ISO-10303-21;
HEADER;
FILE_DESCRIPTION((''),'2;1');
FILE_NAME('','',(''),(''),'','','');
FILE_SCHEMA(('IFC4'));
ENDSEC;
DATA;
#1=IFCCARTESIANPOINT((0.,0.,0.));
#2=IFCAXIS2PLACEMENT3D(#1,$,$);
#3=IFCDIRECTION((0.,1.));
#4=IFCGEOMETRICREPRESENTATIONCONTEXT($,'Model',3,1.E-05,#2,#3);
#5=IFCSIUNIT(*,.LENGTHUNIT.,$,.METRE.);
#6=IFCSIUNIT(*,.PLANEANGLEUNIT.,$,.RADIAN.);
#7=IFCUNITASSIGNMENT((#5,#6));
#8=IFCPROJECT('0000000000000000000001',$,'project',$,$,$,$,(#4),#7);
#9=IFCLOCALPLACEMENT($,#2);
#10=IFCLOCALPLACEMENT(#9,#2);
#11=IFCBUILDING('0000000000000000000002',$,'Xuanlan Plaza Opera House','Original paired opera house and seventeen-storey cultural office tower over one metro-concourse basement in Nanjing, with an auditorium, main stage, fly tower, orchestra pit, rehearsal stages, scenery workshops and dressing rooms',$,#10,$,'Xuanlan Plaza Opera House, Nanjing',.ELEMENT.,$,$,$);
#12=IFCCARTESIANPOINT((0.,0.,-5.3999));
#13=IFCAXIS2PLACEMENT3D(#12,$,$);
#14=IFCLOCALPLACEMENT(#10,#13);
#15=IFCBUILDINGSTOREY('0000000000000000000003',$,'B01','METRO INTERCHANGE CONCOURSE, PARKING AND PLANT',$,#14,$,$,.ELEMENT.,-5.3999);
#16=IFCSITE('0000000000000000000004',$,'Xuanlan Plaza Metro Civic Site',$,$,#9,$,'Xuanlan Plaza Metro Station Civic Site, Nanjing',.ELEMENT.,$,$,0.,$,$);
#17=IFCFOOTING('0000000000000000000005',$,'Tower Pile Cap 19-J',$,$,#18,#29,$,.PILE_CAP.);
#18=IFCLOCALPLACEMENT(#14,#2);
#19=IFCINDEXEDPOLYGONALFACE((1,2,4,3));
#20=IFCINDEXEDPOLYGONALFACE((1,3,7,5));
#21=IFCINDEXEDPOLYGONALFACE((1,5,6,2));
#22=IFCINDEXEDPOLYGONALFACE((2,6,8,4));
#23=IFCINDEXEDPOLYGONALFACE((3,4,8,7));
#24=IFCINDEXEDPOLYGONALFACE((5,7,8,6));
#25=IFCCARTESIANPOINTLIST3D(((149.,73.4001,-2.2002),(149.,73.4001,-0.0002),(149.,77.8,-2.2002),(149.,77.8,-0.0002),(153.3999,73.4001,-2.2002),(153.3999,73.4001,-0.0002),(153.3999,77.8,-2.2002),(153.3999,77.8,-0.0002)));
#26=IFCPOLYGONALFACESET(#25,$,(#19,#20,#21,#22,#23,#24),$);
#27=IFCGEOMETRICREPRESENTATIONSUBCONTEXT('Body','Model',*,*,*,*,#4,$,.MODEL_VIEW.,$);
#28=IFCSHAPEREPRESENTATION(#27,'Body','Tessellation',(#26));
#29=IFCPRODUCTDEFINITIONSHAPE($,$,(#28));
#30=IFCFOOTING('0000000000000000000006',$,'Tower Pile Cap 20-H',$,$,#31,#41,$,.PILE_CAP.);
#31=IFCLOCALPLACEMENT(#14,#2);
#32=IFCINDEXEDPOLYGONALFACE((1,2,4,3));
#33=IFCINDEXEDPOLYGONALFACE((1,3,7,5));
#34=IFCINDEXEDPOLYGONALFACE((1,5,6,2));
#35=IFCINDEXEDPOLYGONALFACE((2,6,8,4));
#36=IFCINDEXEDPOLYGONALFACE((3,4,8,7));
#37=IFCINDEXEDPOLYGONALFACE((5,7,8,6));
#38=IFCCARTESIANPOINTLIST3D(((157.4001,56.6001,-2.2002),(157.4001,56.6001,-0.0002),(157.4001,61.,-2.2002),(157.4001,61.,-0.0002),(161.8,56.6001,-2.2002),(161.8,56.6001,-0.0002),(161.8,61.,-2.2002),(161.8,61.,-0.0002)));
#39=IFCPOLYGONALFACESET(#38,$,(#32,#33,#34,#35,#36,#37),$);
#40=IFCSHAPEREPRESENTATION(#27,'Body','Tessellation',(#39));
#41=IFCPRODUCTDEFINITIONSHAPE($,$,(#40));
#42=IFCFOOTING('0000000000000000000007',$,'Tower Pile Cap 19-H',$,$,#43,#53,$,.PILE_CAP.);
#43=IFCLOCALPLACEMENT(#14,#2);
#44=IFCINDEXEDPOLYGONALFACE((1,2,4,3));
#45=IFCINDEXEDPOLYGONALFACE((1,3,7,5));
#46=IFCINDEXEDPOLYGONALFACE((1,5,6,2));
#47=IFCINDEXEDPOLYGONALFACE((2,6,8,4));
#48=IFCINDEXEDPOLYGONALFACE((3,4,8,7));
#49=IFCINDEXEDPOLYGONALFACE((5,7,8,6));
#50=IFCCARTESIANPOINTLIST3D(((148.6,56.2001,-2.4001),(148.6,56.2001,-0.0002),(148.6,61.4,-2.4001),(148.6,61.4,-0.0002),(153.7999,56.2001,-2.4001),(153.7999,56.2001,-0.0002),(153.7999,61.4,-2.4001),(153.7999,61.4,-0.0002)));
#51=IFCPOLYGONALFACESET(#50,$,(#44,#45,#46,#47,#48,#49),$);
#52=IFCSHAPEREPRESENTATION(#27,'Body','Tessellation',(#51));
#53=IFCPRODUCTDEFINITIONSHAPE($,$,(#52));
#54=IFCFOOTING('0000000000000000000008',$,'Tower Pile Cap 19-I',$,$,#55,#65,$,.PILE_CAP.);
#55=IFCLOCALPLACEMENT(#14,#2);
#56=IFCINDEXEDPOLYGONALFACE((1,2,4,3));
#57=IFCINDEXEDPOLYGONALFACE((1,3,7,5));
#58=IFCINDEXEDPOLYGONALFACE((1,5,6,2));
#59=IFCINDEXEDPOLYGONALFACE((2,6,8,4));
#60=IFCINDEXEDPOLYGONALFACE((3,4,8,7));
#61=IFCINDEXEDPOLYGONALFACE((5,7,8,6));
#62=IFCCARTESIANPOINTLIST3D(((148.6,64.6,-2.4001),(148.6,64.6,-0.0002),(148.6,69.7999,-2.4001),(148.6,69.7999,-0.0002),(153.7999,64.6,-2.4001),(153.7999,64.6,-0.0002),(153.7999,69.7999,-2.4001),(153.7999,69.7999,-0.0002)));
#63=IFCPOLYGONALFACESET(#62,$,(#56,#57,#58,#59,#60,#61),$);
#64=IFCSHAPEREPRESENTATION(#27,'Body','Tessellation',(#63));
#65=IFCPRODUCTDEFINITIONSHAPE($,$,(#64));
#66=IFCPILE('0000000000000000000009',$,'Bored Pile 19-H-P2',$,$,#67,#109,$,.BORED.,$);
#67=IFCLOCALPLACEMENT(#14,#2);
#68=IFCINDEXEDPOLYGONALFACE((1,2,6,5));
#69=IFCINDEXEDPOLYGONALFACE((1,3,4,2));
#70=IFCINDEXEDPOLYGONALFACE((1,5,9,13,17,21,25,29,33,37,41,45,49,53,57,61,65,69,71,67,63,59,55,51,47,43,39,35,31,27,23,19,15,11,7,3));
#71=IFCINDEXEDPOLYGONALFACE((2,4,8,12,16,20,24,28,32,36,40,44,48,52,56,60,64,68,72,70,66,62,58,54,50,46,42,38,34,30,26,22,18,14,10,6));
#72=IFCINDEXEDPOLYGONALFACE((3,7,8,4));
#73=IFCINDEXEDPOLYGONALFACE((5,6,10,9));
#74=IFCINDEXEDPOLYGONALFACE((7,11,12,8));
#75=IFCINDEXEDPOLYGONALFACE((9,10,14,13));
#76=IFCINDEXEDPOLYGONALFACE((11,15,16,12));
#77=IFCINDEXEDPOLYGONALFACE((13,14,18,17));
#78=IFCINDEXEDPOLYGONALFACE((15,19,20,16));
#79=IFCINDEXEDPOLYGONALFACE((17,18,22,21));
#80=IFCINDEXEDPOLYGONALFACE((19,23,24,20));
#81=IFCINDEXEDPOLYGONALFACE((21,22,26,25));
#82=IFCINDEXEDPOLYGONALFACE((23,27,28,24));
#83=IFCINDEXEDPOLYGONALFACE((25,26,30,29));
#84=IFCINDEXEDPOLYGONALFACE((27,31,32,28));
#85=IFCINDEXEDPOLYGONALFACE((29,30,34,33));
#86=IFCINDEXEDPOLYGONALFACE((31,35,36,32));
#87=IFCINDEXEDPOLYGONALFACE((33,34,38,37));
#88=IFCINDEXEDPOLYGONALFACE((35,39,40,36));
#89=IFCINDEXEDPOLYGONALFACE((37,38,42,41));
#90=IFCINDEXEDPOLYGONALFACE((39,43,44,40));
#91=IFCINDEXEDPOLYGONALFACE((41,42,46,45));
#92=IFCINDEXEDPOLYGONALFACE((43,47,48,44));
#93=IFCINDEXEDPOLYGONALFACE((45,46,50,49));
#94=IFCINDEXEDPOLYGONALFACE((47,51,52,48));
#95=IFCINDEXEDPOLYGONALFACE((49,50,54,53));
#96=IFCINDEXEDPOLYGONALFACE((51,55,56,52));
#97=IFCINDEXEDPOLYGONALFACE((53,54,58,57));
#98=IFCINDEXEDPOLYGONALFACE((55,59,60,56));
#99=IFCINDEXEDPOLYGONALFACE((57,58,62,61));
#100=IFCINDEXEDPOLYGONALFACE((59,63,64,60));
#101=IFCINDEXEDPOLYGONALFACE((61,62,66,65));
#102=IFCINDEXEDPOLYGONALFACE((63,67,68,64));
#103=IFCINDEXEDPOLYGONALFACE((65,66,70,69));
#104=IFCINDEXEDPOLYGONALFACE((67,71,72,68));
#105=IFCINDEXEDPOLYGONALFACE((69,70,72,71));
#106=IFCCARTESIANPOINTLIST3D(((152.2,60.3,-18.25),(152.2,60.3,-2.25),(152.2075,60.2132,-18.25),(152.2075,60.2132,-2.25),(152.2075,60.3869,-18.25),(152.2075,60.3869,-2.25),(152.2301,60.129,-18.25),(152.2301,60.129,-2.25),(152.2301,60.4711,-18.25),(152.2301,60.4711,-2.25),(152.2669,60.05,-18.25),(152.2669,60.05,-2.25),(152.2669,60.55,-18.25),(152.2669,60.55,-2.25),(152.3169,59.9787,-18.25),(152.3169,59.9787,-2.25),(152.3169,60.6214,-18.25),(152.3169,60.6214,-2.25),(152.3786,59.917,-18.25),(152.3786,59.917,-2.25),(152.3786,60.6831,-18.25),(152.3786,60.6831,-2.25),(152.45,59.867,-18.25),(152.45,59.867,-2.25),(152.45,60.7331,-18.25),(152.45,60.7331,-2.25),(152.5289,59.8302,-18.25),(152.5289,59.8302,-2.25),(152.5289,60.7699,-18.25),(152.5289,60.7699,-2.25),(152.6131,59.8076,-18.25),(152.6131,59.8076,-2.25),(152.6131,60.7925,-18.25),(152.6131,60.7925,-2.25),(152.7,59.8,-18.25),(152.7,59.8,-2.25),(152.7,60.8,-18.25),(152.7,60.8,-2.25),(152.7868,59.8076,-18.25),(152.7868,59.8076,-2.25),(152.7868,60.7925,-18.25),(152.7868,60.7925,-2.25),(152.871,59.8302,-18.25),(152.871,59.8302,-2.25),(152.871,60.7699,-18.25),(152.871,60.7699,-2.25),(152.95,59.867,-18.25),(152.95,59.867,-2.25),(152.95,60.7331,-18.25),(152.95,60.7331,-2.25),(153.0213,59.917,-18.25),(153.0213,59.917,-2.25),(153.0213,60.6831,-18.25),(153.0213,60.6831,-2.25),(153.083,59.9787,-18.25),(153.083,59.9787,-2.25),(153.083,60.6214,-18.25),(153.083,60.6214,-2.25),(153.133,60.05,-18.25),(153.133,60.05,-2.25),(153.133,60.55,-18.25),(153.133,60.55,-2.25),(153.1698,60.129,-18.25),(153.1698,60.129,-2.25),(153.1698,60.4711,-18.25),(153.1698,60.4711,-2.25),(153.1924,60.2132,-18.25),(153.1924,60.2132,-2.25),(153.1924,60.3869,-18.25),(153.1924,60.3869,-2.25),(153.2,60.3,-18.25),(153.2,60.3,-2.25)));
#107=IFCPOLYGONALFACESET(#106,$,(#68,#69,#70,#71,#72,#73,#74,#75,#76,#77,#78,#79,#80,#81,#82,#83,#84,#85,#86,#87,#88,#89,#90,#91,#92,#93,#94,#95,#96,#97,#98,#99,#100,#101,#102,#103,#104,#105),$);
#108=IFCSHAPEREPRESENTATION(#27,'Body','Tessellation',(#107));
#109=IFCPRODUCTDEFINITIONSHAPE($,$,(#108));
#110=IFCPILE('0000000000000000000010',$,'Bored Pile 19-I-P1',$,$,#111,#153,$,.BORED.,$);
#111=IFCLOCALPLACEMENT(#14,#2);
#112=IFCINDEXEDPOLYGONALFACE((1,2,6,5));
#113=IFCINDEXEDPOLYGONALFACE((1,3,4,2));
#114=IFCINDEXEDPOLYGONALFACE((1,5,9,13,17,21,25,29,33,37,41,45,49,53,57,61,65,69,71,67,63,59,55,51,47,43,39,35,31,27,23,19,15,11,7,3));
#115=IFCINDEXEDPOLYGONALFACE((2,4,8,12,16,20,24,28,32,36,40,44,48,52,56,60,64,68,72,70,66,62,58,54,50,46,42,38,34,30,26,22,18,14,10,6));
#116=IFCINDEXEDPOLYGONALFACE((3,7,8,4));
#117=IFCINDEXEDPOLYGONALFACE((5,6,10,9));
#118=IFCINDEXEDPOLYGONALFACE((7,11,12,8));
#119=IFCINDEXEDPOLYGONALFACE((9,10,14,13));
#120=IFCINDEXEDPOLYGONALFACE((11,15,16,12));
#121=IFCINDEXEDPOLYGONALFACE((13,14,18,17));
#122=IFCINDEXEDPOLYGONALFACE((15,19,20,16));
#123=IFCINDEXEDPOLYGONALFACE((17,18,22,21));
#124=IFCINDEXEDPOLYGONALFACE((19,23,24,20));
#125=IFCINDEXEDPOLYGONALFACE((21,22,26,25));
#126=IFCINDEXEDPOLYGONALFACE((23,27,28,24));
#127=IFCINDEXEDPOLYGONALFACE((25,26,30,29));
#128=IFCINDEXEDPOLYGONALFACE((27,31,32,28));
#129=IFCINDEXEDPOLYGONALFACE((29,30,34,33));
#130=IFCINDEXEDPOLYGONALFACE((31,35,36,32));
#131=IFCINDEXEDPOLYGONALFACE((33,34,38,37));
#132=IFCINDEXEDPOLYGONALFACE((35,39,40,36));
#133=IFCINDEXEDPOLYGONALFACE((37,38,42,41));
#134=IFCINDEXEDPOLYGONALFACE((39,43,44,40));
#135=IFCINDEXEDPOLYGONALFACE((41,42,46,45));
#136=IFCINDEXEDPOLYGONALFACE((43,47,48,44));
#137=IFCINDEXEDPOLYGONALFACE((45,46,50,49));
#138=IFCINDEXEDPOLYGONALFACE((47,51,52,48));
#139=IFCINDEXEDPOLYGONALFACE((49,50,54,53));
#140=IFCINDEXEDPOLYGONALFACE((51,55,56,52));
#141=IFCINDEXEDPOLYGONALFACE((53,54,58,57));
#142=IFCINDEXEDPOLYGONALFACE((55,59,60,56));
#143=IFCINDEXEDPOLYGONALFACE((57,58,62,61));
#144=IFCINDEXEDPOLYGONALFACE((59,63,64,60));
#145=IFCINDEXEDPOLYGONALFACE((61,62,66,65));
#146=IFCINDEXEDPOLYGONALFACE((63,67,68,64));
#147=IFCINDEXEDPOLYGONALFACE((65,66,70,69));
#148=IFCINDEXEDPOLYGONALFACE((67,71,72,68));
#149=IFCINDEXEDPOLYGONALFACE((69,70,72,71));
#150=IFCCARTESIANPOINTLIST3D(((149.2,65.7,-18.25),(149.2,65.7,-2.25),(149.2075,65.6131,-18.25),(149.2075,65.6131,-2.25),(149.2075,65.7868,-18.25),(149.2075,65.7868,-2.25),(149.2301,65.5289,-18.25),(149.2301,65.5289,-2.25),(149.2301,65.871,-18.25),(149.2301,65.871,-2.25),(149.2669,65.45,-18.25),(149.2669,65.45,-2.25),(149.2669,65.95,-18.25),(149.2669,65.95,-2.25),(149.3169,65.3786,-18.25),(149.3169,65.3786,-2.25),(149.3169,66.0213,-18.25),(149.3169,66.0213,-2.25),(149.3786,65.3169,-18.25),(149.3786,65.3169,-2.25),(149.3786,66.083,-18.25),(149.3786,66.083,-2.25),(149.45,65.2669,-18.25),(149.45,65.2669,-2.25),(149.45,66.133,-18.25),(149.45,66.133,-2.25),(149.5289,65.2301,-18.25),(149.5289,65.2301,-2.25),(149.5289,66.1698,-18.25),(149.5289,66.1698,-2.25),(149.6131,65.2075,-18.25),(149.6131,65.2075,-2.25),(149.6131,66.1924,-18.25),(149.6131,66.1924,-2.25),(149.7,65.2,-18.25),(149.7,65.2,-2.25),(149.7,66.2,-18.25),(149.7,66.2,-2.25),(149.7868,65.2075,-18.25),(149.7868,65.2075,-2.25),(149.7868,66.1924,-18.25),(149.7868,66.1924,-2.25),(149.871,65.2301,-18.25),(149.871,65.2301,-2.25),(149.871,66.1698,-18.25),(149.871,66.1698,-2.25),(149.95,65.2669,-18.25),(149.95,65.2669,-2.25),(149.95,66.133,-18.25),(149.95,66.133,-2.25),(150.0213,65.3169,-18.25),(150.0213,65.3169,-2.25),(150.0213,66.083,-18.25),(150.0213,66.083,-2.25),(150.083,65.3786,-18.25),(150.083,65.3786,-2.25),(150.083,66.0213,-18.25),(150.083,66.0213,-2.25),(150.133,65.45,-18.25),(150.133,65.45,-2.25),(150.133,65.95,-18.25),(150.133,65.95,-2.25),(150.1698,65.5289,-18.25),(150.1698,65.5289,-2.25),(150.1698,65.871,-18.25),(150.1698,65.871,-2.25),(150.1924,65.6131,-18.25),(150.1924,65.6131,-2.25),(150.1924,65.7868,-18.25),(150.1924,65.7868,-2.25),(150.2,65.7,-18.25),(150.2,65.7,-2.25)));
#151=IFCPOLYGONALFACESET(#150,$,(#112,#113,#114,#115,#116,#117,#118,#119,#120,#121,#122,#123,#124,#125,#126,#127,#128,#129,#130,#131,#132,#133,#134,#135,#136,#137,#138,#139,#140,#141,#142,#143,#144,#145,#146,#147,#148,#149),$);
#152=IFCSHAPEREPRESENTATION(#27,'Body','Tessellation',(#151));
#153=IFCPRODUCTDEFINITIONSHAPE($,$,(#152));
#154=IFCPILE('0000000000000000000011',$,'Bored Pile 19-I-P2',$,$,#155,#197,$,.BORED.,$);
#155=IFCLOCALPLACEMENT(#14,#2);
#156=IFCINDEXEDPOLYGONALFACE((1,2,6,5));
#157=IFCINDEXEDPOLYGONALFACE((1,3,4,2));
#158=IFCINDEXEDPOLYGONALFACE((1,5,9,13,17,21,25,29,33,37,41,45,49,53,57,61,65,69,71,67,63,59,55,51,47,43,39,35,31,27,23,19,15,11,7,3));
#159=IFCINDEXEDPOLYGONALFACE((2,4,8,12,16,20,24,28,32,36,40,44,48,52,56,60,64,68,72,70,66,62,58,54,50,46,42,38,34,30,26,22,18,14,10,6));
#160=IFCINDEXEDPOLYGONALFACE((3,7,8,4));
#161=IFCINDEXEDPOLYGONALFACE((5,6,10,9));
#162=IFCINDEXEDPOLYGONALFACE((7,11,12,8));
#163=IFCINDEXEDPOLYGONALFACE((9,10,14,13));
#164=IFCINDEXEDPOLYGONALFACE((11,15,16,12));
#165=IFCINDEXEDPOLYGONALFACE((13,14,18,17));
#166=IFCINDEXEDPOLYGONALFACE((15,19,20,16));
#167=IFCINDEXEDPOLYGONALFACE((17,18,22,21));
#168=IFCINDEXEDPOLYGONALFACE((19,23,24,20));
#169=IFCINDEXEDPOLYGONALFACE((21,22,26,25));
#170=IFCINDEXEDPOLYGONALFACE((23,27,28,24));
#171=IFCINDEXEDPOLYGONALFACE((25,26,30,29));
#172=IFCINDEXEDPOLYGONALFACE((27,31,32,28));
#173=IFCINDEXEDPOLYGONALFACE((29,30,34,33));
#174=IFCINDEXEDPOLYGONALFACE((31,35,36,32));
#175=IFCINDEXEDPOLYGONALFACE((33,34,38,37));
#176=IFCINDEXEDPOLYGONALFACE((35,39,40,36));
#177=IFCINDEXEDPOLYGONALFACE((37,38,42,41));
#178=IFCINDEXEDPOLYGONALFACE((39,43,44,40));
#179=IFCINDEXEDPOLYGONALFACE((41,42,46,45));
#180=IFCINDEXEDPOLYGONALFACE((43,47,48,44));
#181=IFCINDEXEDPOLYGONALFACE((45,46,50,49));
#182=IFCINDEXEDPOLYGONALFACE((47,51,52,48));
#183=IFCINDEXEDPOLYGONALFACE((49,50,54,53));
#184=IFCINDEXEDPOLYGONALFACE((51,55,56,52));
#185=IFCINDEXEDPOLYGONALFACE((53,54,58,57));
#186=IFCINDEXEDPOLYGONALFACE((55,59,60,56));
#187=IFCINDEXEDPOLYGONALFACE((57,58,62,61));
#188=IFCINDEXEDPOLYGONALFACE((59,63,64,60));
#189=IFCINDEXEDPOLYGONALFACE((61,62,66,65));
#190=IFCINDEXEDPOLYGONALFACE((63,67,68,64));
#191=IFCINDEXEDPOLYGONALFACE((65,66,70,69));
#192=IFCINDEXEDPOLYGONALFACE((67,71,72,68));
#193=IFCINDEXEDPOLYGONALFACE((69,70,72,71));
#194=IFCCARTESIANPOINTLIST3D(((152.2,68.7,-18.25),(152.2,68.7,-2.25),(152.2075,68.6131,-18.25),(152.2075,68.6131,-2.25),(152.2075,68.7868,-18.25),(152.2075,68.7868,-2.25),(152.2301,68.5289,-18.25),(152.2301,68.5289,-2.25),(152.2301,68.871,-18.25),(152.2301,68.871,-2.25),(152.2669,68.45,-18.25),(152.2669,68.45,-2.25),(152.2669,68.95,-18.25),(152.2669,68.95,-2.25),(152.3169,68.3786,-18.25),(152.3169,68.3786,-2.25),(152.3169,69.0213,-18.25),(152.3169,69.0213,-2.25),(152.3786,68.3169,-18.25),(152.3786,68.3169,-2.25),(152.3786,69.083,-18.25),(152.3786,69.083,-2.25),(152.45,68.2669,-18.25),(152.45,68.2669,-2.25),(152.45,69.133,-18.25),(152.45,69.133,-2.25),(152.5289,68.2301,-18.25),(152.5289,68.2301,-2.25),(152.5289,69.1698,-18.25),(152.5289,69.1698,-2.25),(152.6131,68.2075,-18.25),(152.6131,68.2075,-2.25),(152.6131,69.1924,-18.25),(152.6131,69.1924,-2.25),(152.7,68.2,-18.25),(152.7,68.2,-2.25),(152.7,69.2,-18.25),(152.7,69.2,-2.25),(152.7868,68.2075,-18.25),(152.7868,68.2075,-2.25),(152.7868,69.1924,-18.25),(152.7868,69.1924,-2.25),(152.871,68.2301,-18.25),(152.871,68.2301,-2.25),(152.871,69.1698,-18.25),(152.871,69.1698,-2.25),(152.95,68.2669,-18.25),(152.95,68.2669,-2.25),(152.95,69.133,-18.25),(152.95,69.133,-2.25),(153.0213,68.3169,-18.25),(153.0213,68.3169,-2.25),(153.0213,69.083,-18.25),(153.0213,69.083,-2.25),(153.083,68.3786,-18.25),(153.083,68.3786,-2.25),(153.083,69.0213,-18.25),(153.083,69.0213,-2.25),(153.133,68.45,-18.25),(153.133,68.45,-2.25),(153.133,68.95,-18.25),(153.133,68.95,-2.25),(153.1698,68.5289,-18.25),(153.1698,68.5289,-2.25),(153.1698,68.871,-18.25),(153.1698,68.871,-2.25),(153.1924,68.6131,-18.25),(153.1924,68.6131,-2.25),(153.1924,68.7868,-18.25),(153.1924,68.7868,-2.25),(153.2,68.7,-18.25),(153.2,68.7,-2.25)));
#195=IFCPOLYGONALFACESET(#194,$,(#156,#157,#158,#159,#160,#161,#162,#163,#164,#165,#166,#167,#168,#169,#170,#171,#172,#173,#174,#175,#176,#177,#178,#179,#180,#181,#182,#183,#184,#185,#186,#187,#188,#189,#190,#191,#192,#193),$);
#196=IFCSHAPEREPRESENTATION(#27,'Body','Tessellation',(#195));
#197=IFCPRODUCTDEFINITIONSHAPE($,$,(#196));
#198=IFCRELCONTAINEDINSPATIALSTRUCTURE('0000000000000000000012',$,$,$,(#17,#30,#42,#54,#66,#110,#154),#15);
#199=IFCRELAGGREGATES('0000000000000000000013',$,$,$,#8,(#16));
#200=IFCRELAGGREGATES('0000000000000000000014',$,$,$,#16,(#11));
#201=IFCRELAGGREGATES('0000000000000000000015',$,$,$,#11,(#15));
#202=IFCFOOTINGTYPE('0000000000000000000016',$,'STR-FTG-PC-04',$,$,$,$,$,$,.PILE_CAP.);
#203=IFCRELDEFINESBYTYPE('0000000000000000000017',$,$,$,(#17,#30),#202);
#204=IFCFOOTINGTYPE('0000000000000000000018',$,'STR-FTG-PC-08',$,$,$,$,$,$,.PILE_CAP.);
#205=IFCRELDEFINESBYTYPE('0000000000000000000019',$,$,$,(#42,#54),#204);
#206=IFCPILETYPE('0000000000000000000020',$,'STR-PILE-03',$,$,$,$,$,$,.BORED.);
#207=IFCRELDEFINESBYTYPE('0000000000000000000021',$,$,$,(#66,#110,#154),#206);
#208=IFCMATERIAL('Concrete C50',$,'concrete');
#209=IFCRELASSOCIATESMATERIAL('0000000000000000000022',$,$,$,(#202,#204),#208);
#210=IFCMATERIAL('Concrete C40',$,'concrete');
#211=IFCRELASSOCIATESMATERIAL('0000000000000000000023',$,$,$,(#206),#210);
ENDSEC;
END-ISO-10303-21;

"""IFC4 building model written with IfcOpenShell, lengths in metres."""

from ifc_helpers import new_model, si_unit, direction, frame, origin, origin_2d, place, context, subcontext, project, spatial, rectangle, circle, extrude, material, material_profile, profile_set, type_object, element, save


model = new_model("IFC4")

# Units and contexts
model_context = context("Model", 3, precision=1e-05, world=origin(), true_north=direction((0.0, 1.0)))
body_context = subcontext(model_context, "Body", "Model", "MODEL_VIEW")
ifc_project = project(units=[si_unit("LENGTHUNIT", "METRE"), si_unit("PLANEANGLEUNIT", "RADIAN")], contexts=[model_context])

# Site, building, storey
site_placement = place(None, origin())
site = spatial("IfcSite", under=ifc_project, at=site_placement, Name="Xuanlan Plaza Metro Civic Site", LongName="Xuanlan Plaza Metro Station Civic Site, Nanjing", CompositionType="ELEMENT", RefElevation=0.0)
building_placement = place(site_placement, origin())
building = spatial("IfcBuilding", under=site, at=building_placement, Name="Xuanlan Plaza Opera House", Description="Original paired opera house and seventeen-storey cultural office tower over one metro-concourse basement in Nanjing, with an auditorium, main stage, fly tower, orchestra pit, rehearsal stages, scenery workshops and dressing rooms", LongName="Xuanlan Plaza Opera House, Nanjing", CompositionType="ELEMENT")
storey_placement = place(building_placement, frame((0.0, 0.0, -5.3999)))
storey = spatial("IfcBuildingStorey", under=building, at=storey_placement, Name="B01", Description="METRO INTERCHANGE CONCOURSE, PARKING AND PLANT", CompositionType="ELEMENT", Elevation=-5.3999)

# Footings
ifc_material_1 = material(Name="Concrete C50", Category="concrete")
footing_type_1 = type_object("IfcFootingType", Name="STR-FTG-PC-04", PredefinedType="PILE_CAP", material=ifc_material_1)
for number, where, z_axis, x_axis, name in (
    (1, (151.2, 75.6001, -2.2002), (0.0, 0.0, 1.0), (1.0, 0.0, 0.0), "Tower Pile Cap 19-J"),
    (2, (159.6001, 58.8, -2.2002), (0.0, 0.0, 1.0), (1.0, 0.0, 0.0), "Tower Pile Cap 20-H"),
):
    element("IfcFooting", number, at=place(storey_placement, frame(where, z_axis=z_axis, x_axis=x_axis)), inside=storey, type_object=footing_type_1, Name=name, PredefinedType="PILE_CAP", context=body_context, shape_type="SweptSolid", body=[
        extrude(rectangle(XDim=4.3999, YDim=4.3999, at=origin_2d()), origin(), (0.0, 0.0, 1.0), 2.2),
    ])
footing_type_2 = type_object("IfcFootingType", Name="STR-FTG-PC-08", PredefinedType="PILE_CAP", material=ifc_material_1)
for number, where, z_axis, x_axis, name in (
    (3, (151.2, 58.8, -2.4001), (0.0, 0.0, 1.0), (1.0, 0.0, 0.0), "Tower Pile Cap 19-H"),
    (4, (151.2, 67.2, -2.4001), (0.0, 0.0, 1.0), (1.0, 0.0, 0.0), "Tower Pile Cap 19-I"),
):
    element("IfcFooting", number, at=place(storey_placement, frame(where, z_axis=z_axis, x_axis=x_axis)), inside=storey, type_object=footing_type_2, Name=name, PredefinedType="PILE_CAP", context=body_context, shape_type="SweptSolid", body=[
        extrude(rectangle(XDim=5.2, YDim=5.2, at=origin_2d()), origin(), (0.0, 0.0, 1.0), 2.3999),
    ])

# Piles
ifc_material_2 = material(Name="Concrete C40", Category="concrete")
ifc_material_profile_1 = material_profile(ifc_material_2, circle(Radius=0.5, at=origin_2d()), Name="PILE D1000")
ifc_profile_set_1 = profile_set([ifc_material_profile_1], Name="Concrete C40")
pile_type = type_object("IfcPileType", Name="STR-PILE-03", PredefinedType="BORED", material=ifc_profile_set_1)
for number, where, z_axis, x_axis, name in (
    (5, (152.7, 60.3, -2.25), (0.0, 0.0, -1.0), (1.0, 0.0, 0.0), "Bored Pile 19-H-P2"),
    (6, (149.7, 65.7, -2.25), (0.0, 0.0, -1.0), (1.0, 0.0, 0.0), "Bored Pile 19-I-P1"),
    (7, (152.7, 68.7, -2.25), (0.0, 0.0, -1.0), (1.0, 0.0, 0.0), "Bored Pile 19-I-P2"),
):
    element("IfcPile", number, at=place(storey_placement, frame(where, z_axis=z_axis, x_axis=x_axis)), inside=storey, type_object=pile_type, Name=name, PredefinedType="BORED", context=body_context, shape_type="SweptSolid", body=[
        extrude(circle(Radius=0.5, at=origin_2d()), origin(), (0.0, 0.0, 1.0), 16.0),
    ])

save(model, "model.ifc")
